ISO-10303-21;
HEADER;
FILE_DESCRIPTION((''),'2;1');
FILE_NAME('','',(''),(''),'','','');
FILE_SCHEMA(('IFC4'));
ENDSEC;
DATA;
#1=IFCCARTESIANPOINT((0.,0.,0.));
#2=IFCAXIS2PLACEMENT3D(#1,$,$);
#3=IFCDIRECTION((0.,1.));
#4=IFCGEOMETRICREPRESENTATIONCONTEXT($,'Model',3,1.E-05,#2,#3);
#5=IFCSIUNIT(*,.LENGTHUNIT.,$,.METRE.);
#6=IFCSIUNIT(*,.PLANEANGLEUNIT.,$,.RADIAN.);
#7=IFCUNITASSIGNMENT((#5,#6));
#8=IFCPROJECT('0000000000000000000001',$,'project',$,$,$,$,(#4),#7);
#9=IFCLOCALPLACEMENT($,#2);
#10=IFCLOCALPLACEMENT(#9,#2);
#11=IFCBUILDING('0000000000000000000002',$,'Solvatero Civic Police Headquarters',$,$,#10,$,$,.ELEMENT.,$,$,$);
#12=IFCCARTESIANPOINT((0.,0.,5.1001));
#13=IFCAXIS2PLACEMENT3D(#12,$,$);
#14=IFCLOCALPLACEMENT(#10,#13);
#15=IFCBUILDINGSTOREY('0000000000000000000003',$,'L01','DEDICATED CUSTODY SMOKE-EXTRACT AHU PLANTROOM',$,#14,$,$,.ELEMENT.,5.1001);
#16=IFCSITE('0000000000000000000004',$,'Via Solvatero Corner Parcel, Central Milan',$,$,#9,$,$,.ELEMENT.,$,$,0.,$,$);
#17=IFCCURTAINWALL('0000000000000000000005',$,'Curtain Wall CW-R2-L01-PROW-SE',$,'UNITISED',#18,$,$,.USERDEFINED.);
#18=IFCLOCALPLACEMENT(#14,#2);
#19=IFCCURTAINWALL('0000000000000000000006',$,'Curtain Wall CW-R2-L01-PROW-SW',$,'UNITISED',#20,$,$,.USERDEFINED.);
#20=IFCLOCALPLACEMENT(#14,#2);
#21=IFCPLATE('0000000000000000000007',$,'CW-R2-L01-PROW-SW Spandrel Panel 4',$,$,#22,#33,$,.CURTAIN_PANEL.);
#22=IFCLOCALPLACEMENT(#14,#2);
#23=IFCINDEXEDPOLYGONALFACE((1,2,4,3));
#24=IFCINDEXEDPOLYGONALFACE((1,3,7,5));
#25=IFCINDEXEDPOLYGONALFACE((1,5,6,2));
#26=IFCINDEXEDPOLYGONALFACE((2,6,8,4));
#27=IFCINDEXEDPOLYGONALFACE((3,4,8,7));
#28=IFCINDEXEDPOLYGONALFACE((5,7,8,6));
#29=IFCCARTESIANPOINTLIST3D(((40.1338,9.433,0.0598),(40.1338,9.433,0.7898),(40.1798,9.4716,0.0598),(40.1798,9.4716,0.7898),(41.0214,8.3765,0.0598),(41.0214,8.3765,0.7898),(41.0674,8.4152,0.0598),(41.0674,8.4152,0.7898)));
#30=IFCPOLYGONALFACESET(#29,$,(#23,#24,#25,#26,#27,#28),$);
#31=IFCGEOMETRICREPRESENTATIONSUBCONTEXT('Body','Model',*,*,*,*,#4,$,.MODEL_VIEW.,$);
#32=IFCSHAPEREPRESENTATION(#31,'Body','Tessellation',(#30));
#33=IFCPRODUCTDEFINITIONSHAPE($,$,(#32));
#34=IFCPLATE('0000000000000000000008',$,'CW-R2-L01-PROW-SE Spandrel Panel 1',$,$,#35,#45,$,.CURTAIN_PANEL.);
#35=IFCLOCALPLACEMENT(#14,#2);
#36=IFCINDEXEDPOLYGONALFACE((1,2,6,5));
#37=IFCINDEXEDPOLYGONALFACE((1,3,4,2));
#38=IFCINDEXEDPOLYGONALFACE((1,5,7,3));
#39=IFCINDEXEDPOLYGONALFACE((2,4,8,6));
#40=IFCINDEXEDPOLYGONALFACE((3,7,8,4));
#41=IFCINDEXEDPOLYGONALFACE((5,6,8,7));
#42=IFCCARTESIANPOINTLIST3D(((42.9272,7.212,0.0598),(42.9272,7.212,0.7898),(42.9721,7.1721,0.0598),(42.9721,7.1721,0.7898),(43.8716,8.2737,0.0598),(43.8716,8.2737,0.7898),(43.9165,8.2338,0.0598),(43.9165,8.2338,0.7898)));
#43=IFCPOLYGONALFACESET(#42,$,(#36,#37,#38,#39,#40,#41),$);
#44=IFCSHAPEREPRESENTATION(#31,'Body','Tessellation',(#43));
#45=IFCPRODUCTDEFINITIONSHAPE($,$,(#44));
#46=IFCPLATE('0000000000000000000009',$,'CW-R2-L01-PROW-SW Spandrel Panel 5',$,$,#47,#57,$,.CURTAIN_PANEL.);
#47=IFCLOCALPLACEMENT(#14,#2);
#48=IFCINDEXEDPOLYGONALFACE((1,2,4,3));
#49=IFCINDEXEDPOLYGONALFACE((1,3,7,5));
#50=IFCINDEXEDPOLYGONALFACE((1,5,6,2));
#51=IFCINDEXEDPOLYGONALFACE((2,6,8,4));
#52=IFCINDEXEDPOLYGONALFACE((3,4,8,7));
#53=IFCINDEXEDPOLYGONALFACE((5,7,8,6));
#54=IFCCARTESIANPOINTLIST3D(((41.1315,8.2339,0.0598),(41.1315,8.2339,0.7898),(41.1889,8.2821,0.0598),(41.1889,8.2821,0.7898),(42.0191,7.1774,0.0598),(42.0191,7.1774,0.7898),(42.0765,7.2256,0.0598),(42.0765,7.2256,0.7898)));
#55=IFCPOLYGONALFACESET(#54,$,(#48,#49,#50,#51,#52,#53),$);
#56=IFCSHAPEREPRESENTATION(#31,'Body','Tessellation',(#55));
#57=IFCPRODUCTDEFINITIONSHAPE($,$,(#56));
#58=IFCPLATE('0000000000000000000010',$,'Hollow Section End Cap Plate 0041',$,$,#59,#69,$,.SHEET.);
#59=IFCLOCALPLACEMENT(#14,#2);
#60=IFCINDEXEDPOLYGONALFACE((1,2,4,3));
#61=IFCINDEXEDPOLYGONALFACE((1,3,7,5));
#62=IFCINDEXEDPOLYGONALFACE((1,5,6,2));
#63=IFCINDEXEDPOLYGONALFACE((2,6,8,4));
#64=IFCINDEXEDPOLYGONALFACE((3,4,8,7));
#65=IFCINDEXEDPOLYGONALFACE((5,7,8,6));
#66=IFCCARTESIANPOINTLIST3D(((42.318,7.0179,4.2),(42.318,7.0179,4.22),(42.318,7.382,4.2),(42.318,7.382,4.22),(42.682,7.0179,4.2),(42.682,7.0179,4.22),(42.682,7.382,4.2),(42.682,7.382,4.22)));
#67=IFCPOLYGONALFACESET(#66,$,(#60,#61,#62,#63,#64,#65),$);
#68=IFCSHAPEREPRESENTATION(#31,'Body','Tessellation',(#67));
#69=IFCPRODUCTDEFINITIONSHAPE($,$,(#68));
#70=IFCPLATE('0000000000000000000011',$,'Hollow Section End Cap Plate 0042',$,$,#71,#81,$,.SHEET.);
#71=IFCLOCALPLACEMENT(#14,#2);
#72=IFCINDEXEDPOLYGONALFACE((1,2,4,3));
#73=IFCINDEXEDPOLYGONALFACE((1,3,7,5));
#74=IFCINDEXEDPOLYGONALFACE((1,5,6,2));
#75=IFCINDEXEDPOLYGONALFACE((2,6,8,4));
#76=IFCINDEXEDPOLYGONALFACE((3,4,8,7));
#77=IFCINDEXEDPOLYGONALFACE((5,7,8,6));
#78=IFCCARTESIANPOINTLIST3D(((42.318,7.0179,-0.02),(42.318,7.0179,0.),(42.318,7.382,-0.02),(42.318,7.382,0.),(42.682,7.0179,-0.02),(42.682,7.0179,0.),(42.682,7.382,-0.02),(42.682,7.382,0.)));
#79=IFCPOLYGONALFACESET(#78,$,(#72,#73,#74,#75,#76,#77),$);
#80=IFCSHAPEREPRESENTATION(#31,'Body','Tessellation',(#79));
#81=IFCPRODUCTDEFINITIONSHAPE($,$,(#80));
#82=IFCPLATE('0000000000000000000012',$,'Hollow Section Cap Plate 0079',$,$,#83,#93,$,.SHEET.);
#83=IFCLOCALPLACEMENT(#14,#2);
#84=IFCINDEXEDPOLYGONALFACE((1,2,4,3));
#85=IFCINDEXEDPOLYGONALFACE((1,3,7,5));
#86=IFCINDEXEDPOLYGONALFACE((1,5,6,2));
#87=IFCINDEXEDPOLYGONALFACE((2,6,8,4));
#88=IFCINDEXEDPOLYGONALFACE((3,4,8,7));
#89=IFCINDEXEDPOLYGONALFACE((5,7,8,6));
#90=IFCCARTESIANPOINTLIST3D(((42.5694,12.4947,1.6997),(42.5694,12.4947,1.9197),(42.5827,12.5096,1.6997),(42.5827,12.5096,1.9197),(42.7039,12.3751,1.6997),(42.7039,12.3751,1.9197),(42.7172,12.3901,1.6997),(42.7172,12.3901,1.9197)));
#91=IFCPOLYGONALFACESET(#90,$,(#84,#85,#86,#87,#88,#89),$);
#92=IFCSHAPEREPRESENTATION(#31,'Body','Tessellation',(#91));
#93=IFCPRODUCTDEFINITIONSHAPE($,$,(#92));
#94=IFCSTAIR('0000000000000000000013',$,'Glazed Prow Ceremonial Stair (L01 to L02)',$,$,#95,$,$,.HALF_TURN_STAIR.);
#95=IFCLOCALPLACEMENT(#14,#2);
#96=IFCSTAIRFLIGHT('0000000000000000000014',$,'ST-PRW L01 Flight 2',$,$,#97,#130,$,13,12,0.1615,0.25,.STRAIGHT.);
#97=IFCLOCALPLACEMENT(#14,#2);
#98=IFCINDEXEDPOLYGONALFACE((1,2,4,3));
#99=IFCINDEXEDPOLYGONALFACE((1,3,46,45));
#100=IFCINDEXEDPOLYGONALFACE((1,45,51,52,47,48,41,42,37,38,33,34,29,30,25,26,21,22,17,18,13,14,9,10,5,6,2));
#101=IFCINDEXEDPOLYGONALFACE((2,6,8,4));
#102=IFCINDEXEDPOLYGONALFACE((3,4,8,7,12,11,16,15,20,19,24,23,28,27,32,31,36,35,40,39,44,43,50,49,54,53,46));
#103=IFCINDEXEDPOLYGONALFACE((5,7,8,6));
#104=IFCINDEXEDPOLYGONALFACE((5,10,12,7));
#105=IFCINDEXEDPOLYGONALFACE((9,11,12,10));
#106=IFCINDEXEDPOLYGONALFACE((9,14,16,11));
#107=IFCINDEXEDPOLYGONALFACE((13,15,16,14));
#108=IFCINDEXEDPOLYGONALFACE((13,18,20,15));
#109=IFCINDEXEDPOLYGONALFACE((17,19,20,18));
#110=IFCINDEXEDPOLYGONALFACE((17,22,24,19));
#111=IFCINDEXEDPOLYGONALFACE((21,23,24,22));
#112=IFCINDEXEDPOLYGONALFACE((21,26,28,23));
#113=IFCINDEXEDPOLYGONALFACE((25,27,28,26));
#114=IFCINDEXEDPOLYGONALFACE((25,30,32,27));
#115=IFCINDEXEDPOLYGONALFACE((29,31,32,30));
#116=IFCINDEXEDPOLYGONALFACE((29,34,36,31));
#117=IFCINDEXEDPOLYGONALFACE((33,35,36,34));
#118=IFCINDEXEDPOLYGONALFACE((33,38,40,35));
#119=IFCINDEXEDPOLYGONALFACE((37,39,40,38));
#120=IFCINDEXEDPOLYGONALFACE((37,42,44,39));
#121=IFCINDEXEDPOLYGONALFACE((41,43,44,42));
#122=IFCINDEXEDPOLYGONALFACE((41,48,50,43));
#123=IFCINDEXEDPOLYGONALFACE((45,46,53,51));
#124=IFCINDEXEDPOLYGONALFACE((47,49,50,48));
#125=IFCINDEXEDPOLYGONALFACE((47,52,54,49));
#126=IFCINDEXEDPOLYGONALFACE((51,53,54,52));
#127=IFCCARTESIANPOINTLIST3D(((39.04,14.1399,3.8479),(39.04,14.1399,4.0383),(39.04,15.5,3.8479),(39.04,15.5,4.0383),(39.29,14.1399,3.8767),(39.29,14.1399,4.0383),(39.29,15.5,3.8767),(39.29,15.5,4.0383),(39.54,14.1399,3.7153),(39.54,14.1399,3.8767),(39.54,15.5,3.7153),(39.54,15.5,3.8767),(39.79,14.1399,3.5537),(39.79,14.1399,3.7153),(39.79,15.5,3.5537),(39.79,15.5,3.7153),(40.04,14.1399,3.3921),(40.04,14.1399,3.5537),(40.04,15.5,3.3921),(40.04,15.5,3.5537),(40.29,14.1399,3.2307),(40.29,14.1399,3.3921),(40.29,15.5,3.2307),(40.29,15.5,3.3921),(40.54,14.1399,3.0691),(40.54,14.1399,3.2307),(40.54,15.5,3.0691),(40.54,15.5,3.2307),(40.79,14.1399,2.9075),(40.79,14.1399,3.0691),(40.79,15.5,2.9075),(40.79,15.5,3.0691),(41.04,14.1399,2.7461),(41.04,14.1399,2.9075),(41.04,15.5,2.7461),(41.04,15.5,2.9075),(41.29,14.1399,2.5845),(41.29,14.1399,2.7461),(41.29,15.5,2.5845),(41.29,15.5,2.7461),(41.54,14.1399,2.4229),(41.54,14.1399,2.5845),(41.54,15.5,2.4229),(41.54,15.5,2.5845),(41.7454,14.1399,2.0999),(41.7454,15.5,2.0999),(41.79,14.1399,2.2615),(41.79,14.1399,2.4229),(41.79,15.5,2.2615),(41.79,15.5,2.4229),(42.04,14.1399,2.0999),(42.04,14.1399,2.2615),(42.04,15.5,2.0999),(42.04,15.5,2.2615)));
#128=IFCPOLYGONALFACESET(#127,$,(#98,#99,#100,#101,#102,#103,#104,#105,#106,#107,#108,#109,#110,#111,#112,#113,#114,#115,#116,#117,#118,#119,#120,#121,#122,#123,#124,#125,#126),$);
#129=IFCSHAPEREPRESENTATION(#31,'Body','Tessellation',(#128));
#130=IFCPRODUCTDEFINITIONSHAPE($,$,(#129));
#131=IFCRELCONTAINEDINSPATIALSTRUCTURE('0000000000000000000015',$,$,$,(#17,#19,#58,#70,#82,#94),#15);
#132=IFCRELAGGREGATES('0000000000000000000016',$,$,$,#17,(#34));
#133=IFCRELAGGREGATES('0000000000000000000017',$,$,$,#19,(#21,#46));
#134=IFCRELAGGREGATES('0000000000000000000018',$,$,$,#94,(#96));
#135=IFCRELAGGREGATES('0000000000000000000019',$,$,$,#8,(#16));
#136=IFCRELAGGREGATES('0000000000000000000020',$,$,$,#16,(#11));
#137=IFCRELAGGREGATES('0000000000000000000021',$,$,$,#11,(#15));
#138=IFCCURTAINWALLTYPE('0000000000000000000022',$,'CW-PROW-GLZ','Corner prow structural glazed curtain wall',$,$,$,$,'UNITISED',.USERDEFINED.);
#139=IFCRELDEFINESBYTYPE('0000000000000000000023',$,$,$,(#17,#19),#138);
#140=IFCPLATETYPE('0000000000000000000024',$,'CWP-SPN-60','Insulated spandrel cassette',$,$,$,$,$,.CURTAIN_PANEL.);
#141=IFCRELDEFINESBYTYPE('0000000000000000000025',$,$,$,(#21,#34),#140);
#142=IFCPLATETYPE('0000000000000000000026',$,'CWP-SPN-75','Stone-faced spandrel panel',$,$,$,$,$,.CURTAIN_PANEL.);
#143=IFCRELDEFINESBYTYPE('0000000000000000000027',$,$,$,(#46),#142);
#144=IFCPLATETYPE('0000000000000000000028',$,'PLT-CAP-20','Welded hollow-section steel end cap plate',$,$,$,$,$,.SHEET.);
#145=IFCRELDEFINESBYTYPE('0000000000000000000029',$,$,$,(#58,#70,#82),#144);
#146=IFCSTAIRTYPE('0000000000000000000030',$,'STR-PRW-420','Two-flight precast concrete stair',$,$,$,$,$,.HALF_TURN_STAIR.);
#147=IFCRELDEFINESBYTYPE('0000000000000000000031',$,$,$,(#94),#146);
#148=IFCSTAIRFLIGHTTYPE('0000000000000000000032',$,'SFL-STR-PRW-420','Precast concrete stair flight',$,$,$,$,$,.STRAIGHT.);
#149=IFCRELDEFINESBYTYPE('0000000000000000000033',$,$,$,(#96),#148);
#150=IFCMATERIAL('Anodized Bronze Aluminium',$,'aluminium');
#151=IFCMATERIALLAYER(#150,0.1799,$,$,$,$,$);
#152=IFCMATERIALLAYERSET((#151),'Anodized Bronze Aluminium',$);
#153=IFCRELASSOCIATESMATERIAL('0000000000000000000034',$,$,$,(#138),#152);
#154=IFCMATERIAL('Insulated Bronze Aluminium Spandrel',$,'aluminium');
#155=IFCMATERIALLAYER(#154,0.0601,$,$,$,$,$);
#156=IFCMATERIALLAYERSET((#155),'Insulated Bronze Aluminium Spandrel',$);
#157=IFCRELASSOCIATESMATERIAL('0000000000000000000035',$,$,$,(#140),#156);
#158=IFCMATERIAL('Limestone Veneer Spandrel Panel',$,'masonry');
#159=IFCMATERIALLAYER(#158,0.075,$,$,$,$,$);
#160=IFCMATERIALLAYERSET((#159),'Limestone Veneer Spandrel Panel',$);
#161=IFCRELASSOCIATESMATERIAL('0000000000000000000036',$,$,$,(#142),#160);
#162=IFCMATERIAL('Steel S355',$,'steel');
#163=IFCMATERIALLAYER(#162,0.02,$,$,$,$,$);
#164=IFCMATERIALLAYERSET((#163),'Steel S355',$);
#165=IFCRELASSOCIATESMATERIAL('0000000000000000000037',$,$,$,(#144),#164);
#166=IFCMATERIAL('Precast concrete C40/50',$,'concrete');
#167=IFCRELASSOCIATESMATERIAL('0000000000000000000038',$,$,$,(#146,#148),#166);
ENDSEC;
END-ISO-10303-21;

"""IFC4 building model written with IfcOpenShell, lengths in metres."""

from ifc_helpers import new_model, si_unit, direction, frame, origin, origin_2d, place, context, subcontext, project, spatial, polyline, rectangle, outline, extrude, material, layer, layer_set, type_object, element, aggregate, save


model = new_model("IFC4")

# Units and contexts
model_context = context("Model", 3, precision=1e-05, world=origin(), true_north=direction((0.0, 1.0)))
body_context = subcontext(model_context, "Body", "Model", "MODEL_VIEW")
ifc_project = project(units=[si_unit("LENGTHUNIT", "METRE"), si_unit("PLANEANGLEUNIT", "RADIAN")], contexts=[model_context])

# Site, building, storey
site_placement = place(None, origin())
site = spatial("IfcSite", under=ifc_project, at=site_placement, Name="Via Solvatero Corner Parcel, Central Milan", CompositionType="ELEMENT", RefElevation=0.0)
building_placement = place(site_placement, origin())
building = spatial("IfcBuilding", under=site, at=building_placement, Name="Solvatero Civic Police Headquarters", CompositionType="ELEMENT")
storey_placement = place(building_placement, frame((0.0, 0.0, 5.1001)))
storey = spatial("IfcBuildingStorey", under=building, at=storey_placement, Name="L01", Description="DEDICATED CUSTODY SMOKE-EXTRACT AHU PLANTROOM", CompositionType="ELEMENT", Elevation=5.1001)

# Shared definitions
ifc_material_1 = material(Name="Steel S355", Category="steel")

# Curtain walls
ifc_material_2 = material(Name="Anodized Bronze Aluminium", Category="aluminium")
ifc_layer_1 = layer(ifc_material_2, 0.1799)
ifc_layer_set_1 = layer_set([ifc_layer_1], Name="Anodized Bronze Aluminium")
curtain_wall_type = type_object("IfcCurtainWallType", Name="CW-PROW-GLZ", Description="Corner prow structural glazed curtain wall", ElementType="UNITISED", PredefinedType="USERDEFINED", material=ifc_layer_set_1)
curtain_wall_1_placement = place(storey_placement, origin())
curtain_wall_1 = element("IfcCurtainWall", 1, at=curtain_wall_1_placement, inside=storey, type_object=curtain_wall_type, Name="Curtain Wall CW-R2-L01-PROW-SE", ObjectType="UNITISED", PredefinedType="USERDEFINED")
curtain_wall_2_placement = place(storey_placement, origin())
curtain_wall_2 = element("IfcCurtainWall", 2, at=curtain_wall_2_placement, inside=storey, type_object=curtain_wall_type, Name="Curtain Wall CW-R2-L01-PROW-SW", ObjectType="UNITISED", PredefinedType="USERDEFINED")

# Plates
ifc_material_3 = material(Name="Insulated Bronze Aluminium Spandrel", Category="aluminium")
ifc_layer_2 = layer(ifc_material_3, 0.0601)
ifc_layer_set_2 = layer_set([ifc_layer_2], Name="Insulated Bronze Aluminium Spandrel")
plate_type_1 = type_object("IfcPlateType", Name="CWP-SPN-60", Description="Insulated spandrel cassette", PredefinedType="CURTAIN_PANEL", material=ifc_layer_set_2)
plate_1_placement = place(storey_placement, frame((40.6006, 8.9241, 0.0598), z_axis=(0.0, 0.0, 1.0), x_axis=(0.643282, -0.765629, 0.0)))
plate_1 = element("IfcPlate", 3, at=plate_1_placement, type_object=plate_type_1, Name="CW-R2-L01-PROW-SW Spandrel Panel 4", PredefinedType="CURTAIN_PANEL", context=body_context, shape_type="SweptSolid", body=[
    extrude(rectangle(XDim=1.3799, YDim=0.0601, at=origin_2d()), origin(), (0.0, 0.0, 1.0), 0.73),
])
plate_2_placement = place(storey_placement, frame((43.4219, 7.7229, 0.0598), z_axis=(0.0, 0.0, 1.0), x_axis=(0.664657, 0.747149, 0.0)))
plate_2 = element("IfcPlate", 4, at=plate_2_placement, type_object=plate_type_1, Name="CW-R2-L01-PROW-SE Spandrel Panel 1", PredefinedType="CURTAIN_PANEL", context=body_context, shape_type="SweptSolid", body=[
    extrude(rectangle(XDim=1.4209, YDim=0.0601, at=origin_2d()), origin(), (0.0, 0.0, 1.0), 0.73),
])
aggregate(curtain_wall_1, [plate_2])
ifc_material_4 = material(Name="Limestone Veneer Spandrel Panel", Category="masonry")
ifc_layer_3 = layer(ifc_material_4, 0.075)
ifc_layer_set_3 = layer_set([ifc_layer_3], Name="Limestone Veneer Spandrel Panel")
plate_type_2 = type_object("IfcPlateType", Name="CWP-SPN-75", Description="Stone-faced spandrel panel", PredefinedType="CURTAIN_PANEL", material=ifc_layer_set_3)
plate_3_placement = place(storey_placement, frame((41.604, 7.7297, 0.0598), z_axis=(0.0, 0.0, 1.0), x_axis=(0.643282, -0.765629, 0.0)))
plate_3 = element("IfcPlate", 5, at=plate_3_placement, type_object=plate_type_2, Name="CW-R2-L01-PROW-SW Spandrel Panel 5", PredefinedType="CURTAIN_PANEL", context=body_context, shape_type="SweptSolid", body=[
    extrude(rectangle(XDim=1.3799, YDim=0.075, at=origin_2d()), origin(), (0.0, 0.0, 1.0), 0.73),
])
aggregate(curtain_wall_2, [plate_1, plate_3])

# Plates
ifc_layer_4 = layer(ifc_material_1, 0.02)
ifc_layer_set_4 = layer_set([ifc_layer_4], Name="Steel S355")
plate_type_3 = type_object("IfcPlateType", Name="PLT-CAP-20", Description="Welded hollow-section steel end cap plate", PredefinedType="SHEET", material=ifc_layer_set_4)
for number, where, z_axis, x_axis, name in (
    (6, (42.5, 7.2, 4.2), (0.0, 0.0, 1.0), (1.0, 0.0, 0.0), "Hollow Section End Cap Plate 0041"),
    (7, (42.5, 7.2, -0.02), (0.0, 0.0, 1.0), (1.0, 0.0, 0.0), "Hollow Section End Cap Plate 0042"),
):
    element("IfcPlate", number, at=place(storey_placement, frame(where, z_axis=z_axis, x_axis=x_axis)), inside=storey, type_object=plate_type_3, Name=name, PredefinedType="SHEET", context=body_context, shape_type="SweptSolid", body=[
        extrude(rectangle(XDim=0.364, YDim=0.364, at=origin_2d()), origin(), (0.0, 0.0, 1.0), 0.02),
    ])
plate_4_placement = place(storey_placement, frame((42.6433, 12.4424, 1.6997), z_axis=(0.0, 0.0, 1.0), x_axis=(0.66437, 0.747404, 0.0)))
element("IfcPlate", 8, at=plate_4_placement, inside=storey, type_object=plate_type_3, Name="Hollow Section Cap Plate 0079", PredefinedType="SHEET", context=body_context, shape_type="SweptSolid", body=[
    extrude(rectangle(XDim=0.02, YDim=0.1799, at=origin_2d()), origin(), (0.0, 0.0, 1.0), 0.22),
])

# Stair, stair flight
ifc_material_5 = material(Name="Precast concrete C40/50", Category="concrete")
stair_type = type_object("IfcStairType", Name="STR-PRW-420", Description="Two-flight precast concrete stair", PredefinedType="HALF_TURN_STAIR", material=ifc_material_5)
stair_placement = place(storey_placement, origin())
stair = element("IfcStair", 9, at=stair_placement, inside=storey, type_object=stair_type, Name="Glazed Prow Ceremonial Stair (L01 to L02)", PredefinedType="HALF_TURN_STAIR")
stair_flight_type = type_object("IfcStairFlightType", Name="SFL-STR-PRW-420", Description="Precast concrete stair flight", PredefinedType="STRAIGHT", material=ifc_material_5)
stair_flight_placement = place(storey_placement, frame((42.04, 14.8201, 2.0999), z_axis=(0.0, 0.0, 1.0), x_axis=(-1.0, 0.0, 0.0)))
stair_flight = element("IfcStairFlight", 10, at=stair_flight_placement, type_object=stair_flight_type, Name="ST-PRW L01 Flight 2", NumberOfRisers=13, NumberOfTreads=12, PredefinedType="STRAIGHT", RiserHeight=0.1615, TreadLength=0.25, context=body_context, shape_type="SweptSolid", body=[
    extrude(outline(polyline([(0.0, 0.0), (0.0, 0.1616), (0.25, 0.1616), (0.25, 0.323), (0.5, 0.323), (0.5, 0.4846), (0.75, 0.4846), (0.75, 0.6462), (1.0, 0.6462), (1.0, 0.8076), (1.25, 0.8076), (1.25, 0.9692), (1.5, 0.9692), (1.5, 1.1309), (1.75, 1.1309), (1.75, 1.2922), (2.0, 1.2922), (2.0, 1.4539), (2.25, 1.4539), (2.25, 1.6155), (2.5, 1.6155), (2.5, 1.7769), (2.75, 1.7769), (2.75, 1.9385), (3.0, 1.9385), (3.0, 2.1001), (3.0, 1.748), (0.2947, 0.0), (0.0, 0.0)])), frame((0.0, 0.6802, 0.0), z_axis=(0.0, -1.0, 0.0), x_axis=(1.0, 0.0, 0.0)), (0.0, 0.0, 1.0), 1.3601),
])
aggregate(stair, [stair_flight])

save(model, "model.ifc")
